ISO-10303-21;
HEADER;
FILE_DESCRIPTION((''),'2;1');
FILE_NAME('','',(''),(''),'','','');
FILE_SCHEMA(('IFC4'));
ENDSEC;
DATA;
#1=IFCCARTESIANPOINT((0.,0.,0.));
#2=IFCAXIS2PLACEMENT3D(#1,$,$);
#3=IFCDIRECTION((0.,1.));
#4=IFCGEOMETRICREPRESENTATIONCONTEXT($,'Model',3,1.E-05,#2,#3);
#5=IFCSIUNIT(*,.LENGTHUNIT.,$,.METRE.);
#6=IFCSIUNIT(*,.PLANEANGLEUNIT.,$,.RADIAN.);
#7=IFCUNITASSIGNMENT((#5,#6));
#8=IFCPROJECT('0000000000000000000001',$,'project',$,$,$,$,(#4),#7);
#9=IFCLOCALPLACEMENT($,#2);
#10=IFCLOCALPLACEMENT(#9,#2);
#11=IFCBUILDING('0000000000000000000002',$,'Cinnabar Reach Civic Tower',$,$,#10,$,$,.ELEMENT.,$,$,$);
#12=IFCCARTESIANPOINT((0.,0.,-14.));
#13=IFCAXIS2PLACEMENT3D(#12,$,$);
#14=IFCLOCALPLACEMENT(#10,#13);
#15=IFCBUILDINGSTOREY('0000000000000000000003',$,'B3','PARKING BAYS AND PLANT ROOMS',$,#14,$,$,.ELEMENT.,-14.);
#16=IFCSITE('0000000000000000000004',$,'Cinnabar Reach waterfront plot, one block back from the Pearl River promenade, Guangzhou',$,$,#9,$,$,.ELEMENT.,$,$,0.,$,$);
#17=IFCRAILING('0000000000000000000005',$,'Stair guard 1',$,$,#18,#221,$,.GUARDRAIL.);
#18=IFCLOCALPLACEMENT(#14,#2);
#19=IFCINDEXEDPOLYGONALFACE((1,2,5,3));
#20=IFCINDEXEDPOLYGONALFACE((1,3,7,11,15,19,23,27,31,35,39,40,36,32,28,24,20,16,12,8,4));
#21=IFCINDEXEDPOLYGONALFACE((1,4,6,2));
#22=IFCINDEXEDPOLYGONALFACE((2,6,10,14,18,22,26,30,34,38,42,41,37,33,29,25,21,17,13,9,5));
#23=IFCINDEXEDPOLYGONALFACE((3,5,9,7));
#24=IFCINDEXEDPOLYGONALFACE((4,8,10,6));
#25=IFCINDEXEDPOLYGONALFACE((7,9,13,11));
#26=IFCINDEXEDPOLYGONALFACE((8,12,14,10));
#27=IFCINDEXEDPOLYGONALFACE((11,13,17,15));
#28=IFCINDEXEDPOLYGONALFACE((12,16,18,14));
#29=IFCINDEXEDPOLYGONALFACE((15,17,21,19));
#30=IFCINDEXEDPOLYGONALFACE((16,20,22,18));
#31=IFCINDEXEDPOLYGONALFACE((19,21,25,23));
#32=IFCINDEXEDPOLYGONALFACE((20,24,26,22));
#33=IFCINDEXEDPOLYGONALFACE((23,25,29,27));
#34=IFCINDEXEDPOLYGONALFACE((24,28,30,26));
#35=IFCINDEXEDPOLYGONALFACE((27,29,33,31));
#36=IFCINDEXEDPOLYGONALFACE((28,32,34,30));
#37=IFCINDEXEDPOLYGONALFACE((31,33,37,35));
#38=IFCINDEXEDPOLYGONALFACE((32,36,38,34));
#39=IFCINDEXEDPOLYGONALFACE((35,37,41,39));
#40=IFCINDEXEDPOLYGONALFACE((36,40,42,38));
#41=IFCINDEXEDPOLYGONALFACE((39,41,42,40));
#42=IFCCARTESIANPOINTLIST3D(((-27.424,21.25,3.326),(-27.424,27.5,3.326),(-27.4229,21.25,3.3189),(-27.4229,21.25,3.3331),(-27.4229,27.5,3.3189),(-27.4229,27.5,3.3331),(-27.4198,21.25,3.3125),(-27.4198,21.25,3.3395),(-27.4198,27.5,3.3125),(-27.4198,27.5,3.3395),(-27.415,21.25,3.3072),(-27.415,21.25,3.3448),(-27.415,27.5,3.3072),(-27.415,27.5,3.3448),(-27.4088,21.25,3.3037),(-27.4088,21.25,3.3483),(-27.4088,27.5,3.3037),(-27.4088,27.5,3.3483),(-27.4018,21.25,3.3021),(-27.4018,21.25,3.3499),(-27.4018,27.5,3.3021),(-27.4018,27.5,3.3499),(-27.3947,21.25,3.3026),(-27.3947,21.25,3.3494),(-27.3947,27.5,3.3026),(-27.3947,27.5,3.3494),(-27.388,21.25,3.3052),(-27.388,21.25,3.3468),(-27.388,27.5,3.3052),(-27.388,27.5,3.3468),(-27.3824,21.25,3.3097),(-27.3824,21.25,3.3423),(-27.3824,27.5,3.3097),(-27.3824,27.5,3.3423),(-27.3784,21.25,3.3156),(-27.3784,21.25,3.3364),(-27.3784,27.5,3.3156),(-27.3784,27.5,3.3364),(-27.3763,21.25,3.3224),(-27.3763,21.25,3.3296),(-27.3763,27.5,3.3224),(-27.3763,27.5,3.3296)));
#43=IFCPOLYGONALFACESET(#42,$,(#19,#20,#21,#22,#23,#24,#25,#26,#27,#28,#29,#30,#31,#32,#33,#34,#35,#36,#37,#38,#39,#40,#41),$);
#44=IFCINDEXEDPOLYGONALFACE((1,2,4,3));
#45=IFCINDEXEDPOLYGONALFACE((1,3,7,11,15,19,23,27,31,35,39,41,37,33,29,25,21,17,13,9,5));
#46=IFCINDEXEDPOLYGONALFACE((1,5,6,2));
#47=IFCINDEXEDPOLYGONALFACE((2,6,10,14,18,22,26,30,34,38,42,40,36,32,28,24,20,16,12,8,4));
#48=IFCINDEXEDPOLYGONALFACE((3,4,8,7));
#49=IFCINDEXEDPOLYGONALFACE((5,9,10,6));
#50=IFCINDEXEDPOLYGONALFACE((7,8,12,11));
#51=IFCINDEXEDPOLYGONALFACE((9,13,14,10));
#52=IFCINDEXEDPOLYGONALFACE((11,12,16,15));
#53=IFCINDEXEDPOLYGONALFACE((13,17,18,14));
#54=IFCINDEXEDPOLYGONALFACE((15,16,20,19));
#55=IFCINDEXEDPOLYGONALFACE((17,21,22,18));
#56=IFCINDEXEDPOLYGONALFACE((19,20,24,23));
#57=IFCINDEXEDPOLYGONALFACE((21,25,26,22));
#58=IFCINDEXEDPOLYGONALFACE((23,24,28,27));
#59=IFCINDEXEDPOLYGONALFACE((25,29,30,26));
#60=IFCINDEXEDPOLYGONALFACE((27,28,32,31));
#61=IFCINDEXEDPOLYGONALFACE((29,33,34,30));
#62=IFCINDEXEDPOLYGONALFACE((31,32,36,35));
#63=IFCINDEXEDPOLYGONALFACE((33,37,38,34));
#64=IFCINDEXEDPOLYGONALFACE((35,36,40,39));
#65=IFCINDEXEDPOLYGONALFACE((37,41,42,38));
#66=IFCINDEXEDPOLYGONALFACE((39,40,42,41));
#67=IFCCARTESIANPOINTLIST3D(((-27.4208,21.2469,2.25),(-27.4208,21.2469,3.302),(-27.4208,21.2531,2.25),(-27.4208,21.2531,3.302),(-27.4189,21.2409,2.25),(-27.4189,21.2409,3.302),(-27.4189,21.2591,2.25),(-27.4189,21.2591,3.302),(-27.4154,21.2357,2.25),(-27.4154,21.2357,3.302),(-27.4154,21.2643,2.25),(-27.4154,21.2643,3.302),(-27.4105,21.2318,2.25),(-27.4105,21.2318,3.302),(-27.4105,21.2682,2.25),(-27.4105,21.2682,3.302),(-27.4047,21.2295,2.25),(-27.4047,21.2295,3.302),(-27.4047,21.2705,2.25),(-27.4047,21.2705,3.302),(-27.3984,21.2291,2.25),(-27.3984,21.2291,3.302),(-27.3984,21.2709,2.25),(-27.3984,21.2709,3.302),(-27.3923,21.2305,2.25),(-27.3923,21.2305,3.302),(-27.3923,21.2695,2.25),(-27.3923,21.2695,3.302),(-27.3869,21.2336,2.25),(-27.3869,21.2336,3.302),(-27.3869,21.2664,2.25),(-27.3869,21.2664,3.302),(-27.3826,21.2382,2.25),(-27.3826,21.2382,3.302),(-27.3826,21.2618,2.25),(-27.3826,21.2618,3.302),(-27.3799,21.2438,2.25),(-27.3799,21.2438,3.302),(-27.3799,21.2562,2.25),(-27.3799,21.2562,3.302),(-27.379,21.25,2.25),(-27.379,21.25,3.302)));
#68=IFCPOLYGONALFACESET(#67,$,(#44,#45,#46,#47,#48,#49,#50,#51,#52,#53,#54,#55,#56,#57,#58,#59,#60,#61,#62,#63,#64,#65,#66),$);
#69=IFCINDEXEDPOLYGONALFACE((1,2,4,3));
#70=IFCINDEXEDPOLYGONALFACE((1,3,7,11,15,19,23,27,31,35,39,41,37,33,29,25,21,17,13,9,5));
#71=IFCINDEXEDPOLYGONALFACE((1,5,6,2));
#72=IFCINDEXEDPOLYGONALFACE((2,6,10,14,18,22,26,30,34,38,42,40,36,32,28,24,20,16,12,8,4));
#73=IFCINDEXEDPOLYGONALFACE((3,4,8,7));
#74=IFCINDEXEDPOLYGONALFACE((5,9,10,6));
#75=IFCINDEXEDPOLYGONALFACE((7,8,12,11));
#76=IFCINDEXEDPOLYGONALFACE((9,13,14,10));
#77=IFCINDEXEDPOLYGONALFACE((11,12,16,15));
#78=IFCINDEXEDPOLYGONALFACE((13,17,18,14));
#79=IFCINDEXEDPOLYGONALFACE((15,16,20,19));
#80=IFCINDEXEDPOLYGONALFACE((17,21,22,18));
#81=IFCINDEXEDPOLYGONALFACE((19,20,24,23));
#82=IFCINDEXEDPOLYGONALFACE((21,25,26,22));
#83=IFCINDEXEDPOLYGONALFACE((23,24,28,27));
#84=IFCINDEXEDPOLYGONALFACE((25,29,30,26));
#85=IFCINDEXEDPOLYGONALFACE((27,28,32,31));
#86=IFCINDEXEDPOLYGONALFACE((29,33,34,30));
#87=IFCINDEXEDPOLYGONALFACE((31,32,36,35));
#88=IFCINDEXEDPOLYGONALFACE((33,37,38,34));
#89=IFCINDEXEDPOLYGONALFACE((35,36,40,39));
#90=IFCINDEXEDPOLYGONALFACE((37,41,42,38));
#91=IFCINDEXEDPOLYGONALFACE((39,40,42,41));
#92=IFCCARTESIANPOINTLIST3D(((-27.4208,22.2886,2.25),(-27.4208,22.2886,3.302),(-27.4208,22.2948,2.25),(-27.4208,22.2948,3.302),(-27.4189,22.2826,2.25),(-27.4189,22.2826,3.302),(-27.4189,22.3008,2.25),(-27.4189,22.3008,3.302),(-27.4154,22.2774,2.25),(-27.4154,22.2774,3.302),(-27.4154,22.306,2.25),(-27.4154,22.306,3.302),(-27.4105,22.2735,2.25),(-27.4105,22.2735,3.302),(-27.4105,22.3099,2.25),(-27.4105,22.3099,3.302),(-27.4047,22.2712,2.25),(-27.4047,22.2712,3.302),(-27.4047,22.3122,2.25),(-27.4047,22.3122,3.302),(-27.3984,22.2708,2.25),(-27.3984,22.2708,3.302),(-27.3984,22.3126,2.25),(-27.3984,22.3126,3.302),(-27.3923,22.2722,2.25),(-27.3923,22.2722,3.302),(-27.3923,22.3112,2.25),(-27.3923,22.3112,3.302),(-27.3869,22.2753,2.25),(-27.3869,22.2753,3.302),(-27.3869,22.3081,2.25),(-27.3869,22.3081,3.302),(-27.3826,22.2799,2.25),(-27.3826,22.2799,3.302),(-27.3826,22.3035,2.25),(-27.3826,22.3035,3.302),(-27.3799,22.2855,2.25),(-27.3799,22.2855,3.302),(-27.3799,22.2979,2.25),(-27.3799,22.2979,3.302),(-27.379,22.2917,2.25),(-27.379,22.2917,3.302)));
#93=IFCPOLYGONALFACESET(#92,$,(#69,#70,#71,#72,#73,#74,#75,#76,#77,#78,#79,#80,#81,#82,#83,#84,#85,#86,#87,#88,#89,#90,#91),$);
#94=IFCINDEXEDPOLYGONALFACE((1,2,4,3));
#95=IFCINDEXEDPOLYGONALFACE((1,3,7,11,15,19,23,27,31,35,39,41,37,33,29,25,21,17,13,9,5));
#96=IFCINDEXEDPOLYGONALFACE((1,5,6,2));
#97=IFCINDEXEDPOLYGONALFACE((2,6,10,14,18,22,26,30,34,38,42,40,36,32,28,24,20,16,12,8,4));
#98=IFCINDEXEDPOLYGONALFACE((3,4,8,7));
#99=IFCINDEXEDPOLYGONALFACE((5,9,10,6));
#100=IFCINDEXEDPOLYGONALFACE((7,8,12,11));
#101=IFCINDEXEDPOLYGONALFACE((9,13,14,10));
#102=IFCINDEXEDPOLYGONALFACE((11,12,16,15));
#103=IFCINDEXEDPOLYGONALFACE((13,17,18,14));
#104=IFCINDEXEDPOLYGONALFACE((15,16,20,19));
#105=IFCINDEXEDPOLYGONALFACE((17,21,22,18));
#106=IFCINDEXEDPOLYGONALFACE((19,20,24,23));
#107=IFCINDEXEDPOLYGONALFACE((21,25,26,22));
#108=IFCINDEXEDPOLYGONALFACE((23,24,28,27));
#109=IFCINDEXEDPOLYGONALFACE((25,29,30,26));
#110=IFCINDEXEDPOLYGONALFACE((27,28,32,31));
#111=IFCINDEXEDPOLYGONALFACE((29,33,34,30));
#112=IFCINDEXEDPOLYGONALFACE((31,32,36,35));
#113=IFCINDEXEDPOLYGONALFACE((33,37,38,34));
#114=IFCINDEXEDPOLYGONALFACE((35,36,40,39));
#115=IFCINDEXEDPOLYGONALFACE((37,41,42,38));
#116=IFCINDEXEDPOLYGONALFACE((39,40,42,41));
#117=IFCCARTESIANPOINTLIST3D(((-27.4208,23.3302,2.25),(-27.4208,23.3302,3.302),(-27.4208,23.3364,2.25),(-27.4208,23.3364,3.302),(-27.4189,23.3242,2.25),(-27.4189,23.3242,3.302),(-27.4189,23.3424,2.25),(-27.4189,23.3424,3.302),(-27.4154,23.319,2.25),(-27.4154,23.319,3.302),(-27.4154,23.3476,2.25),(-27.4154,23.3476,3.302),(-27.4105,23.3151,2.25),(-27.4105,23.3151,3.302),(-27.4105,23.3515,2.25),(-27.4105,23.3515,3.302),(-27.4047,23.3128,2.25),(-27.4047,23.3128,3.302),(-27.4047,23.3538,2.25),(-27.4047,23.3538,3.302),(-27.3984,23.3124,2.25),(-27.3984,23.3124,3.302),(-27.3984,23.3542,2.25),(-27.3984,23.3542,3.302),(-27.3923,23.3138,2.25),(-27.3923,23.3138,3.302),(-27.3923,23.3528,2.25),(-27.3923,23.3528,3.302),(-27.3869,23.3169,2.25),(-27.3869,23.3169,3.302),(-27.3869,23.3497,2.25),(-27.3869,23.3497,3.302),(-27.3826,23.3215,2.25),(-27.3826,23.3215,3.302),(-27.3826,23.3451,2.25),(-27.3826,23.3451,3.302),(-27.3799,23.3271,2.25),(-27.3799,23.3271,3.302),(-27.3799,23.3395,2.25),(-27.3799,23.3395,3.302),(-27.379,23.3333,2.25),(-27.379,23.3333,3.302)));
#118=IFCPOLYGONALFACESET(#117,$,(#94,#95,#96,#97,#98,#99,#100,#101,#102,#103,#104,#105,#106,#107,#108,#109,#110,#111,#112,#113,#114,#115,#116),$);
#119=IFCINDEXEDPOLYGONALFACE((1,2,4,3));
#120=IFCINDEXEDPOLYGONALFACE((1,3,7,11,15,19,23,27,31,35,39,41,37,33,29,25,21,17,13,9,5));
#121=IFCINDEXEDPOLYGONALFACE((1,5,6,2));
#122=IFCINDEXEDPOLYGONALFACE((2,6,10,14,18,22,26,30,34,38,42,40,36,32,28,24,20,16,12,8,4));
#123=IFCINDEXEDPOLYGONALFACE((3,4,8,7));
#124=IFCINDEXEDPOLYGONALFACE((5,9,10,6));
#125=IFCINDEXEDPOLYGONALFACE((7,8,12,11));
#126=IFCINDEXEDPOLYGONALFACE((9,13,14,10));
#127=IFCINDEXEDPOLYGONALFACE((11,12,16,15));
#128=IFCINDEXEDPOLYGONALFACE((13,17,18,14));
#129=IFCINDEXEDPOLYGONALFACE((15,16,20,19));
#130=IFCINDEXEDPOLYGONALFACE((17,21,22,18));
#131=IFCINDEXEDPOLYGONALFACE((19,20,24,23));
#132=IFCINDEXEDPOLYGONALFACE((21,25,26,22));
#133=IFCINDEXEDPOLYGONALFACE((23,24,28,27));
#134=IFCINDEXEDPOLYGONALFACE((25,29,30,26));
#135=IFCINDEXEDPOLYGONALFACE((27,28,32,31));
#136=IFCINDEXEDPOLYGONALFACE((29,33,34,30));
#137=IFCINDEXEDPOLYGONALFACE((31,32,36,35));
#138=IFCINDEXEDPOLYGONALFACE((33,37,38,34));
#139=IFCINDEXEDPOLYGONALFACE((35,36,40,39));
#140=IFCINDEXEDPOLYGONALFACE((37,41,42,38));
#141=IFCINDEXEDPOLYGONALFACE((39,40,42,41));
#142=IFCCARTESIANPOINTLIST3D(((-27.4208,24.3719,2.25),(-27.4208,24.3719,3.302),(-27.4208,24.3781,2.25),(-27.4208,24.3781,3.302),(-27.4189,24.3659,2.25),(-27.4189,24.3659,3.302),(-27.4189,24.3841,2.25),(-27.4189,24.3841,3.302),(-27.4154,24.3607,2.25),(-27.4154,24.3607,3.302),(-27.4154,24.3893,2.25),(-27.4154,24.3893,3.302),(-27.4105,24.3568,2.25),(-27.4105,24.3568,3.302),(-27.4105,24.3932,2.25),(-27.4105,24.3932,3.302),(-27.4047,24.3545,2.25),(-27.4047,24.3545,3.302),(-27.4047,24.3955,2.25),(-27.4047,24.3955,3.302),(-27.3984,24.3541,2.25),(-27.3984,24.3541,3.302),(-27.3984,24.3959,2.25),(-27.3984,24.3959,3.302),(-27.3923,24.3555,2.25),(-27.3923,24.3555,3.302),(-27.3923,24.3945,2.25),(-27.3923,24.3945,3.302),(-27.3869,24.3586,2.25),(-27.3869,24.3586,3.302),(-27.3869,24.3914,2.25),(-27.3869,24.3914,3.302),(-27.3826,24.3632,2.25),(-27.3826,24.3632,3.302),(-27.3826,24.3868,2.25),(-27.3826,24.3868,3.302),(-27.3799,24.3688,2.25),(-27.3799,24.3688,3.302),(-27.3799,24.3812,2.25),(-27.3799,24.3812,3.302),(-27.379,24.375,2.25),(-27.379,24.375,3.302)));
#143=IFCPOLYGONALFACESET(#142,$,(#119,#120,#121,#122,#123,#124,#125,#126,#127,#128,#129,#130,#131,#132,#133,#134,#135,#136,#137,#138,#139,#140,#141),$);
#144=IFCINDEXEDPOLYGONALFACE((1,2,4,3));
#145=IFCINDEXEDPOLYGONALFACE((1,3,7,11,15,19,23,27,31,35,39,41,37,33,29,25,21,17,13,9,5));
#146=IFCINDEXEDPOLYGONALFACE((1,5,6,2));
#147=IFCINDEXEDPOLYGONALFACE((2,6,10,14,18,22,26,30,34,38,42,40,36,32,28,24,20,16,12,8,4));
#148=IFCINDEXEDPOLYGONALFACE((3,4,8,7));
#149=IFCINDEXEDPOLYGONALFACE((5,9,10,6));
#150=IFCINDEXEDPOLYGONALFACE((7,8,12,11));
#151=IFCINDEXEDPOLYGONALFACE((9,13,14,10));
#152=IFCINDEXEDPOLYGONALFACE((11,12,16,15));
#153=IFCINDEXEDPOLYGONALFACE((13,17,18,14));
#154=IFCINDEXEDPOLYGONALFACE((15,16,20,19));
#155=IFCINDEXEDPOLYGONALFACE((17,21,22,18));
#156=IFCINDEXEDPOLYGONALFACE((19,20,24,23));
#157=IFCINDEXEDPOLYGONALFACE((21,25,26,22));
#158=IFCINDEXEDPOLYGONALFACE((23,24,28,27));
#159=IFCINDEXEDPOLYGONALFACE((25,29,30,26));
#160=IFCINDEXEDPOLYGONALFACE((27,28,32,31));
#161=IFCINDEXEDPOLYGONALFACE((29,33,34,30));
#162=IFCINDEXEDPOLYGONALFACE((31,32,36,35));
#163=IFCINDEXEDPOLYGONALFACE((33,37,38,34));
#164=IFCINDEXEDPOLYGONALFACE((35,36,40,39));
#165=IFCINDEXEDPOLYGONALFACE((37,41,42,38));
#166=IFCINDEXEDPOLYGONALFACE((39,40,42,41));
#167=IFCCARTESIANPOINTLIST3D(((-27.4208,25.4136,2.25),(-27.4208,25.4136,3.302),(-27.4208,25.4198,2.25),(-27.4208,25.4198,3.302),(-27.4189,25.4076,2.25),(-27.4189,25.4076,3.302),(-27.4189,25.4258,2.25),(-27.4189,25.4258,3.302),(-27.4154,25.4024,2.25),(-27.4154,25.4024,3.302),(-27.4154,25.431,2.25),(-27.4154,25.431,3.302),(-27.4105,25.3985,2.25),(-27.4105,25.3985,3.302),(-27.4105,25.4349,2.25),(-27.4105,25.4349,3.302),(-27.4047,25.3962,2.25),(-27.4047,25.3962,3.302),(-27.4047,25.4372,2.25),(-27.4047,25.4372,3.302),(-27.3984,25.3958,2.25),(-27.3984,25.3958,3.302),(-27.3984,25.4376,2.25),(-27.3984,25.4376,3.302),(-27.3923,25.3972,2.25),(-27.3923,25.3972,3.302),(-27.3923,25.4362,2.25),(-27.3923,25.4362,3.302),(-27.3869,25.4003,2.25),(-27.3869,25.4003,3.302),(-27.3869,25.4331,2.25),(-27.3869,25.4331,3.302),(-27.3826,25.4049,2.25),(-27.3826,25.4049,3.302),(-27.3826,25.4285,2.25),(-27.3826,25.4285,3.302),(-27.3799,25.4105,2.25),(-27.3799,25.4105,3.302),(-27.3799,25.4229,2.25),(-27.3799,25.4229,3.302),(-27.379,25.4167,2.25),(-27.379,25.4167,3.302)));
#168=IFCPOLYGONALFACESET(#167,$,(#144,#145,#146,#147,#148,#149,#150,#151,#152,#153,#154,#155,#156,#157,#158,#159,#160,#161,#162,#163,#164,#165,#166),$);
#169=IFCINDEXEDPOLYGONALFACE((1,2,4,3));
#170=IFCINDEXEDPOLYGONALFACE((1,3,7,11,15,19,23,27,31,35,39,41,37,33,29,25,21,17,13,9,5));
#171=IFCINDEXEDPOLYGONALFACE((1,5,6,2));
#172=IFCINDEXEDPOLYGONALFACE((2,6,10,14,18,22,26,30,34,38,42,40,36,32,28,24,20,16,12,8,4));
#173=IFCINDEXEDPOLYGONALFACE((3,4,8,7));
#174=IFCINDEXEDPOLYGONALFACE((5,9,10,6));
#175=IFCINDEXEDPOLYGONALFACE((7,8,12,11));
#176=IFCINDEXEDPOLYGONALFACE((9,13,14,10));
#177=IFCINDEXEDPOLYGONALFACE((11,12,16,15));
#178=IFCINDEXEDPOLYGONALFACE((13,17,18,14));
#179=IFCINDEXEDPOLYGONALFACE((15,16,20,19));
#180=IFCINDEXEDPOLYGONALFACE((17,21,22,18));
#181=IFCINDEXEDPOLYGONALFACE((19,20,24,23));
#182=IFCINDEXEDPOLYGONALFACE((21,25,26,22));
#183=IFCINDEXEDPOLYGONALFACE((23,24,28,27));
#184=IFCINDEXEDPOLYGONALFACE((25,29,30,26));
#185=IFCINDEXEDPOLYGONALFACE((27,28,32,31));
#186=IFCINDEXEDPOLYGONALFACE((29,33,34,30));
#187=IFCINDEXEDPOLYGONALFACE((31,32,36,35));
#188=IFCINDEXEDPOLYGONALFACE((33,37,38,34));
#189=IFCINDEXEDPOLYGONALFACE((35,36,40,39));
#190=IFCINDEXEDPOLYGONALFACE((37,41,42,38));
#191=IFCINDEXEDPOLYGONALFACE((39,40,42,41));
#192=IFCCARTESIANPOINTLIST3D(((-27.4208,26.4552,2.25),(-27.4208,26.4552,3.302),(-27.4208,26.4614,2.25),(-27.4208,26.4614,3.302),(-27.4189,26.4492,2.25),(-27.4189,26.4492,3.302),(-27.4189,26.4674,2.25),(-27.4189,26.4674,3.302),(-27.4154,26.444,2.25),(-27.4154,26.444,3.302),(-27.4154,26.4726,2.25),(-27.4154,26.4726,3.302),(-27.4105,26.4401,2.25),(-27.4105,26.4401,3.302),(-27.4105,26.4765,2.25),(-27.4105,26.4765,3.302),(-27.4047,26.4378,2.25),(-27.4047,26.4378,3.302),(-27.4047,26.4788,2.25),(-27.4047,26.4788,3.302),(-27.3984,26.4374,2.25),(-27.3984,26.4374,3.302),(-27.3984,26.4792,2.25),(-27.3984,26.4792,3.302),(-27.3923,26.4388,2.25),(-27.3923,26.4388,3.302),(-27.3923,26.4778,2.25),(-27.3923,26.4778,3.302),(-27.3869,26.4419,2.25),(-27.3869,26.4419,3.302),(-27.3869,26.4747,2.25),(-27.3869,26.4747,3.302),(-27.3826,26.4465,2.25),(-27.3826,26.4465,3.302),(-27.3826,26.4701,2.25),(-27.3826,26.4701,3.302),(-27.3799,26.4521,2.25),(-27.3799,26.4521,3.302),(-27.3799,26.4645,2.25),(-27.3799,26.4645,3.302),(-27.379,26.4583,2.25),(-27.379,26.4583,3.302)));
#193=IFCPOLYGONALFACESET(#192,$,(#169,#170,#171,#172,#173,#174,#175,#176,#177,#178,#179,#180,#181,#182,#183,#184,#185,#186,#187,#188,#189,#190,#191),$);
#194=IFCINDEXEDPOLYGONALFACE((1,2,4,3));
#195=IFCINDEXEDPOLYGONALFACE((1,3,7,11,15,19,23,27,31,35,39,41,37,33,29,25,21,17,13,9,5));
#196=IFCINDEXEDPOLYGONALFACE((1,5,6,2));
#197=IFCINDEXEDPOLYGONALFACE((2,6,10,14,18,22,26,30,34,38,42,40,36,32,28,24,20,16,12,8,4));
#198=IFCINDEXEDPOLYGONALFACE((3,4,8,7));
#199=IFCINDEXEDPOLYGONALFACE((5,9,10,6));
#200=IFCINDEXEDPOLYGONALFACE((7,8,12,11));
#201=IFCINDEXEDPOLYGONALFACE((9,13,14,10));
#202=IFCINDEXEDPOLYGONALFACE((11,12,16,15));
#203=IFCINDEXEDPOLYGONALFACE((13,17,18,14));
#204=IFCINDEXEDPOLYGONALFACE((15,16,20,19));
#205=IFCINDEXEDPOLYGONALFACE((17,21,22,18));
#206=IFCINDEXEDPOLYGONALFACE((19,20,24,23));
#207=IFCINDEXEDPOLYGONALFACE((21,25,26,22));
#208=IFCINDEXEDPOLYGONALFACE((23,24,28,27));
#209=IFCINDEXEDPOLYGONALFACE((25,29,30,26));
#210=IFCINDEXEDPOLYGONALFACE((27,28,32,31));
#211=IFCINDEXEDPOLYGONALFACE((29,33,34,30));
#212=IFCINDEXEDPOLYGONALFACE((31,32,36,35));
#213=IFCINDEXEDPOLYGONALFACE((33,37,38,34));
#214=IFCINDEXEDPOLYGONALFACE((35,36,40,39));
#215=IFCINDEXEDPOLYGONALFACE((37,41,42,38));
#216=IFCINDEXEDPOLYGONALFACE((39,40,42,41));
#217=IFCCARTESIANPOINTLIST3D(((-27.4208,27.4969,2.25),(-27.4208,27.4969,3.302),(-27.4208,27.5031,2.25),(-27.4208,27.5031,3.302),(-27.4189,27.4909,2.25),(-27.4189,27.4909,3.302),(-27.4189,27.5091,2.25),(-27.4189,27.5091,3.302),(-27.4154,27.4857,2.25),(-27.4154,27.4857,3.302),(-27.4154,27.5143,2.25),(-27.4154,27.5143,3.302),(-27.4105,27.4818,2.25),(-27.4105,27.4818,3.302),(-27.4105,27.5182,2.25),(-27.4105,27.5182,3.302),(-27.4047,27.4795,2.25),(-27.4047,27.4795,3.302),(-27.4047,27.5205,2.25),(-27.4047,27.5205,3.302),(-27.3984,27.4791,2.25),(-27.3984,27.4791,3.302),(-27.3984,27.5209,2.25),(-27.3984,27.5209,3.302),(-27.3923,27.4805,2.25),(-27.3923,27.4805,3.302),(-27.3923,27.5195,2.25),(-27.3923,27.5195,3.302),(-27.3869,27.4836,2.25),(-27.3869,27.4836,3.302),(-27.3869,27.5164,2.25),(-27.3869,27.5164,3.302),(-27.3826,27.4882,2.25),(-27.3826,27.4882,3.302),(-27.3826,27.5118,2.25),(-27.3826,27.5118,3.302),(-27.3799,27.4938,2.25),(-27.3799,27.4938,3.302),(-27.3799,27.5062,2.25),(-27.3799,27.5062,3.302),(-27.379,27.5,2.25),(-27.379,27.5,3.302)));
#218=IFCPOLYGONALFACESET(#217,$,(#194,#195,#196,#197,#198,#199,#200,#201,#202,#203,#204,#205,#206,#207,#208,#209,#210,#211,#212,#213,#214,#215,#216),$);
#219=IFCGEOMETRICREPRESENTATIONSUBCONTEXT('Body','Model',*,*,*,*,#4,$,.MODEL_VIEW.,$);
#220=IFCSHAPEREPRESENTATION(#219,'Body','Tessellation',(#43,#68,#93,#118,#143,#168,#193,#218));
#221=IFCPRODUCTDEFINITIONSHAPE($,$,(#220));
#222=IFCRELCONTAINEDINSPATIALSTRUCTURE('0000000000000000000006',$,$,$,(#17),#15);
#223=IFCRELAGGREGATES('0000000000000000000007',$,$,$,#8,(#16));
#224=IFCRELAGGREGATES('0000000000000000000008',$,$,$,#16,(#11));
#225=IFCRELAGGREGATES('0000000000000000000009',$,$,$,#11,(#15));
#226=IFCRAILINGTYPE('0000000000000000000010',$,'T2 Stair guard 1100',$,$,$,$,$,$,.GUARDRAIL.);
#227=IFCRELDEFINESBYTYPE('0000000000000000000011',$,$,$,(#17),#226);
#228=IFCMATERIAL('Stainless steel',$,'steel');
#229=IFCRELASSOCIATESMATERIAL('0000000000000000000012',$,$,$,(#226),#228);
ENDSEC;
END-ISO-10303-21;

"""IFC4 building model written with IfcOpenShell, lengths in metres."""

from ifc_helpers import new_model, si_unit, direction, frame, origin, origin_2d, place, context, subcontext, project, spatial, circle, extrude, material, type_object, element, save


model = new_model("IFC4")

# Units and contexts
model_context = context("Model", 3, precision=1e-05, world=origin(), true_north=direction((0.0, 1.0)))
body_context = subcontext(model_context, "Body", "Model", "MODEL_VIEW")
ifc_project = project(units=[si_unit("LENGTHUNIT", "METRE"), si_unit("PLANEANGLEUNIT", "RADIAN")], contexts=[model_context])

# Site, building, storey
site_placement = place(None, origin())
site = spatial("IfcSite", under=ifc_project, at=site_placement, Name="Cinnabar Reach waterfront plot, one block back from the Pearl River promenade, Guangzhou", CompositionType="ELEMENT", RefElevation=0.0)
building_placement = place(site_placement, origin())
building = spatial("IfcBuilding", under=site, at=building_placement, Name="Cinnabar Reach Civic Tower", CompositionType="ELEMENT")
storey_placement = place(building_placement, frame((0.0, 0.0, -14.0)))
storey = spatial("IfcBuildingStorey", under=building, at=storey_placement, Name="B3", Description="PARKING BAYS AND PLANT ROOMS", CompositionType="ELEMENT", Elevation=-14.0)

# Railing
ifc_material_1 = material(Name="Stainless steel", Category="steel")
railing_type = type_object("IfcRailingType", Name="T2 Stair guard 1100", PredefinedType="GUARDRAIL", material=ifc_material_1)
for number, where, name in (
    (1, (-27.4, 21.25, 2.25), "Stair guard 1"),
):
    element("IfcRailing", number, at=place(storey_placement, frame(where)), inside=storey, type_object=railing_type, Name=name, PredefinedType="GUARDRAIL", context=body_context, shape_type="SweptSolid", body=[
        extrude(circle(Radius=0.024, at=origin_2d()), frame((0.0, 0.0, 1.076), z_axis=(0.0, 1.0, 0.0), x_axis=(-1.0, 0.0, 0.0)), (0.0, 0.0, 1.0), 6.25),
        extrude(circle(Radius=0.021, at=origin_2d()), origin(), (0.0, 0.0, 1.0), 1.052),
        extrude(circle(Radius=0.021, at=origin_2d()), frame((0.0, 1.0417, 0.0)), (0.0, 0.0, 1.0), 1.052),
        extrude(circle(Radius=0.021, at=origin_2d()), frame((0.0, 2.0833, 0.0)), (0.0, 0.0, 1.0), 1.052),
        extrude(circle(Radius=0.021, at=origin_2d()), frame((0.0, 3.125, 0.0)), (0.0, 0.0, 1.0), 1.052),
        extrude(circle(Radius=0.021, at=origin_2d()), frame((0.0, 4.1667, 0.0)), (0.0, 0.0, 1.0), 1.052),
        extrude(circle(Radius=0.021, at=origin_2d()), frame((0.0, 5.2083, 0.0)), (0.0, 0.0, 1.0), 1.052),
        extrude(circle(Radius=0.021, at=origin_2d()), frame((0.0, 6.25, 0.0)), (0.0, 0.0, 1.0), 1.052),
    ])

save(model, "model.ifc")
